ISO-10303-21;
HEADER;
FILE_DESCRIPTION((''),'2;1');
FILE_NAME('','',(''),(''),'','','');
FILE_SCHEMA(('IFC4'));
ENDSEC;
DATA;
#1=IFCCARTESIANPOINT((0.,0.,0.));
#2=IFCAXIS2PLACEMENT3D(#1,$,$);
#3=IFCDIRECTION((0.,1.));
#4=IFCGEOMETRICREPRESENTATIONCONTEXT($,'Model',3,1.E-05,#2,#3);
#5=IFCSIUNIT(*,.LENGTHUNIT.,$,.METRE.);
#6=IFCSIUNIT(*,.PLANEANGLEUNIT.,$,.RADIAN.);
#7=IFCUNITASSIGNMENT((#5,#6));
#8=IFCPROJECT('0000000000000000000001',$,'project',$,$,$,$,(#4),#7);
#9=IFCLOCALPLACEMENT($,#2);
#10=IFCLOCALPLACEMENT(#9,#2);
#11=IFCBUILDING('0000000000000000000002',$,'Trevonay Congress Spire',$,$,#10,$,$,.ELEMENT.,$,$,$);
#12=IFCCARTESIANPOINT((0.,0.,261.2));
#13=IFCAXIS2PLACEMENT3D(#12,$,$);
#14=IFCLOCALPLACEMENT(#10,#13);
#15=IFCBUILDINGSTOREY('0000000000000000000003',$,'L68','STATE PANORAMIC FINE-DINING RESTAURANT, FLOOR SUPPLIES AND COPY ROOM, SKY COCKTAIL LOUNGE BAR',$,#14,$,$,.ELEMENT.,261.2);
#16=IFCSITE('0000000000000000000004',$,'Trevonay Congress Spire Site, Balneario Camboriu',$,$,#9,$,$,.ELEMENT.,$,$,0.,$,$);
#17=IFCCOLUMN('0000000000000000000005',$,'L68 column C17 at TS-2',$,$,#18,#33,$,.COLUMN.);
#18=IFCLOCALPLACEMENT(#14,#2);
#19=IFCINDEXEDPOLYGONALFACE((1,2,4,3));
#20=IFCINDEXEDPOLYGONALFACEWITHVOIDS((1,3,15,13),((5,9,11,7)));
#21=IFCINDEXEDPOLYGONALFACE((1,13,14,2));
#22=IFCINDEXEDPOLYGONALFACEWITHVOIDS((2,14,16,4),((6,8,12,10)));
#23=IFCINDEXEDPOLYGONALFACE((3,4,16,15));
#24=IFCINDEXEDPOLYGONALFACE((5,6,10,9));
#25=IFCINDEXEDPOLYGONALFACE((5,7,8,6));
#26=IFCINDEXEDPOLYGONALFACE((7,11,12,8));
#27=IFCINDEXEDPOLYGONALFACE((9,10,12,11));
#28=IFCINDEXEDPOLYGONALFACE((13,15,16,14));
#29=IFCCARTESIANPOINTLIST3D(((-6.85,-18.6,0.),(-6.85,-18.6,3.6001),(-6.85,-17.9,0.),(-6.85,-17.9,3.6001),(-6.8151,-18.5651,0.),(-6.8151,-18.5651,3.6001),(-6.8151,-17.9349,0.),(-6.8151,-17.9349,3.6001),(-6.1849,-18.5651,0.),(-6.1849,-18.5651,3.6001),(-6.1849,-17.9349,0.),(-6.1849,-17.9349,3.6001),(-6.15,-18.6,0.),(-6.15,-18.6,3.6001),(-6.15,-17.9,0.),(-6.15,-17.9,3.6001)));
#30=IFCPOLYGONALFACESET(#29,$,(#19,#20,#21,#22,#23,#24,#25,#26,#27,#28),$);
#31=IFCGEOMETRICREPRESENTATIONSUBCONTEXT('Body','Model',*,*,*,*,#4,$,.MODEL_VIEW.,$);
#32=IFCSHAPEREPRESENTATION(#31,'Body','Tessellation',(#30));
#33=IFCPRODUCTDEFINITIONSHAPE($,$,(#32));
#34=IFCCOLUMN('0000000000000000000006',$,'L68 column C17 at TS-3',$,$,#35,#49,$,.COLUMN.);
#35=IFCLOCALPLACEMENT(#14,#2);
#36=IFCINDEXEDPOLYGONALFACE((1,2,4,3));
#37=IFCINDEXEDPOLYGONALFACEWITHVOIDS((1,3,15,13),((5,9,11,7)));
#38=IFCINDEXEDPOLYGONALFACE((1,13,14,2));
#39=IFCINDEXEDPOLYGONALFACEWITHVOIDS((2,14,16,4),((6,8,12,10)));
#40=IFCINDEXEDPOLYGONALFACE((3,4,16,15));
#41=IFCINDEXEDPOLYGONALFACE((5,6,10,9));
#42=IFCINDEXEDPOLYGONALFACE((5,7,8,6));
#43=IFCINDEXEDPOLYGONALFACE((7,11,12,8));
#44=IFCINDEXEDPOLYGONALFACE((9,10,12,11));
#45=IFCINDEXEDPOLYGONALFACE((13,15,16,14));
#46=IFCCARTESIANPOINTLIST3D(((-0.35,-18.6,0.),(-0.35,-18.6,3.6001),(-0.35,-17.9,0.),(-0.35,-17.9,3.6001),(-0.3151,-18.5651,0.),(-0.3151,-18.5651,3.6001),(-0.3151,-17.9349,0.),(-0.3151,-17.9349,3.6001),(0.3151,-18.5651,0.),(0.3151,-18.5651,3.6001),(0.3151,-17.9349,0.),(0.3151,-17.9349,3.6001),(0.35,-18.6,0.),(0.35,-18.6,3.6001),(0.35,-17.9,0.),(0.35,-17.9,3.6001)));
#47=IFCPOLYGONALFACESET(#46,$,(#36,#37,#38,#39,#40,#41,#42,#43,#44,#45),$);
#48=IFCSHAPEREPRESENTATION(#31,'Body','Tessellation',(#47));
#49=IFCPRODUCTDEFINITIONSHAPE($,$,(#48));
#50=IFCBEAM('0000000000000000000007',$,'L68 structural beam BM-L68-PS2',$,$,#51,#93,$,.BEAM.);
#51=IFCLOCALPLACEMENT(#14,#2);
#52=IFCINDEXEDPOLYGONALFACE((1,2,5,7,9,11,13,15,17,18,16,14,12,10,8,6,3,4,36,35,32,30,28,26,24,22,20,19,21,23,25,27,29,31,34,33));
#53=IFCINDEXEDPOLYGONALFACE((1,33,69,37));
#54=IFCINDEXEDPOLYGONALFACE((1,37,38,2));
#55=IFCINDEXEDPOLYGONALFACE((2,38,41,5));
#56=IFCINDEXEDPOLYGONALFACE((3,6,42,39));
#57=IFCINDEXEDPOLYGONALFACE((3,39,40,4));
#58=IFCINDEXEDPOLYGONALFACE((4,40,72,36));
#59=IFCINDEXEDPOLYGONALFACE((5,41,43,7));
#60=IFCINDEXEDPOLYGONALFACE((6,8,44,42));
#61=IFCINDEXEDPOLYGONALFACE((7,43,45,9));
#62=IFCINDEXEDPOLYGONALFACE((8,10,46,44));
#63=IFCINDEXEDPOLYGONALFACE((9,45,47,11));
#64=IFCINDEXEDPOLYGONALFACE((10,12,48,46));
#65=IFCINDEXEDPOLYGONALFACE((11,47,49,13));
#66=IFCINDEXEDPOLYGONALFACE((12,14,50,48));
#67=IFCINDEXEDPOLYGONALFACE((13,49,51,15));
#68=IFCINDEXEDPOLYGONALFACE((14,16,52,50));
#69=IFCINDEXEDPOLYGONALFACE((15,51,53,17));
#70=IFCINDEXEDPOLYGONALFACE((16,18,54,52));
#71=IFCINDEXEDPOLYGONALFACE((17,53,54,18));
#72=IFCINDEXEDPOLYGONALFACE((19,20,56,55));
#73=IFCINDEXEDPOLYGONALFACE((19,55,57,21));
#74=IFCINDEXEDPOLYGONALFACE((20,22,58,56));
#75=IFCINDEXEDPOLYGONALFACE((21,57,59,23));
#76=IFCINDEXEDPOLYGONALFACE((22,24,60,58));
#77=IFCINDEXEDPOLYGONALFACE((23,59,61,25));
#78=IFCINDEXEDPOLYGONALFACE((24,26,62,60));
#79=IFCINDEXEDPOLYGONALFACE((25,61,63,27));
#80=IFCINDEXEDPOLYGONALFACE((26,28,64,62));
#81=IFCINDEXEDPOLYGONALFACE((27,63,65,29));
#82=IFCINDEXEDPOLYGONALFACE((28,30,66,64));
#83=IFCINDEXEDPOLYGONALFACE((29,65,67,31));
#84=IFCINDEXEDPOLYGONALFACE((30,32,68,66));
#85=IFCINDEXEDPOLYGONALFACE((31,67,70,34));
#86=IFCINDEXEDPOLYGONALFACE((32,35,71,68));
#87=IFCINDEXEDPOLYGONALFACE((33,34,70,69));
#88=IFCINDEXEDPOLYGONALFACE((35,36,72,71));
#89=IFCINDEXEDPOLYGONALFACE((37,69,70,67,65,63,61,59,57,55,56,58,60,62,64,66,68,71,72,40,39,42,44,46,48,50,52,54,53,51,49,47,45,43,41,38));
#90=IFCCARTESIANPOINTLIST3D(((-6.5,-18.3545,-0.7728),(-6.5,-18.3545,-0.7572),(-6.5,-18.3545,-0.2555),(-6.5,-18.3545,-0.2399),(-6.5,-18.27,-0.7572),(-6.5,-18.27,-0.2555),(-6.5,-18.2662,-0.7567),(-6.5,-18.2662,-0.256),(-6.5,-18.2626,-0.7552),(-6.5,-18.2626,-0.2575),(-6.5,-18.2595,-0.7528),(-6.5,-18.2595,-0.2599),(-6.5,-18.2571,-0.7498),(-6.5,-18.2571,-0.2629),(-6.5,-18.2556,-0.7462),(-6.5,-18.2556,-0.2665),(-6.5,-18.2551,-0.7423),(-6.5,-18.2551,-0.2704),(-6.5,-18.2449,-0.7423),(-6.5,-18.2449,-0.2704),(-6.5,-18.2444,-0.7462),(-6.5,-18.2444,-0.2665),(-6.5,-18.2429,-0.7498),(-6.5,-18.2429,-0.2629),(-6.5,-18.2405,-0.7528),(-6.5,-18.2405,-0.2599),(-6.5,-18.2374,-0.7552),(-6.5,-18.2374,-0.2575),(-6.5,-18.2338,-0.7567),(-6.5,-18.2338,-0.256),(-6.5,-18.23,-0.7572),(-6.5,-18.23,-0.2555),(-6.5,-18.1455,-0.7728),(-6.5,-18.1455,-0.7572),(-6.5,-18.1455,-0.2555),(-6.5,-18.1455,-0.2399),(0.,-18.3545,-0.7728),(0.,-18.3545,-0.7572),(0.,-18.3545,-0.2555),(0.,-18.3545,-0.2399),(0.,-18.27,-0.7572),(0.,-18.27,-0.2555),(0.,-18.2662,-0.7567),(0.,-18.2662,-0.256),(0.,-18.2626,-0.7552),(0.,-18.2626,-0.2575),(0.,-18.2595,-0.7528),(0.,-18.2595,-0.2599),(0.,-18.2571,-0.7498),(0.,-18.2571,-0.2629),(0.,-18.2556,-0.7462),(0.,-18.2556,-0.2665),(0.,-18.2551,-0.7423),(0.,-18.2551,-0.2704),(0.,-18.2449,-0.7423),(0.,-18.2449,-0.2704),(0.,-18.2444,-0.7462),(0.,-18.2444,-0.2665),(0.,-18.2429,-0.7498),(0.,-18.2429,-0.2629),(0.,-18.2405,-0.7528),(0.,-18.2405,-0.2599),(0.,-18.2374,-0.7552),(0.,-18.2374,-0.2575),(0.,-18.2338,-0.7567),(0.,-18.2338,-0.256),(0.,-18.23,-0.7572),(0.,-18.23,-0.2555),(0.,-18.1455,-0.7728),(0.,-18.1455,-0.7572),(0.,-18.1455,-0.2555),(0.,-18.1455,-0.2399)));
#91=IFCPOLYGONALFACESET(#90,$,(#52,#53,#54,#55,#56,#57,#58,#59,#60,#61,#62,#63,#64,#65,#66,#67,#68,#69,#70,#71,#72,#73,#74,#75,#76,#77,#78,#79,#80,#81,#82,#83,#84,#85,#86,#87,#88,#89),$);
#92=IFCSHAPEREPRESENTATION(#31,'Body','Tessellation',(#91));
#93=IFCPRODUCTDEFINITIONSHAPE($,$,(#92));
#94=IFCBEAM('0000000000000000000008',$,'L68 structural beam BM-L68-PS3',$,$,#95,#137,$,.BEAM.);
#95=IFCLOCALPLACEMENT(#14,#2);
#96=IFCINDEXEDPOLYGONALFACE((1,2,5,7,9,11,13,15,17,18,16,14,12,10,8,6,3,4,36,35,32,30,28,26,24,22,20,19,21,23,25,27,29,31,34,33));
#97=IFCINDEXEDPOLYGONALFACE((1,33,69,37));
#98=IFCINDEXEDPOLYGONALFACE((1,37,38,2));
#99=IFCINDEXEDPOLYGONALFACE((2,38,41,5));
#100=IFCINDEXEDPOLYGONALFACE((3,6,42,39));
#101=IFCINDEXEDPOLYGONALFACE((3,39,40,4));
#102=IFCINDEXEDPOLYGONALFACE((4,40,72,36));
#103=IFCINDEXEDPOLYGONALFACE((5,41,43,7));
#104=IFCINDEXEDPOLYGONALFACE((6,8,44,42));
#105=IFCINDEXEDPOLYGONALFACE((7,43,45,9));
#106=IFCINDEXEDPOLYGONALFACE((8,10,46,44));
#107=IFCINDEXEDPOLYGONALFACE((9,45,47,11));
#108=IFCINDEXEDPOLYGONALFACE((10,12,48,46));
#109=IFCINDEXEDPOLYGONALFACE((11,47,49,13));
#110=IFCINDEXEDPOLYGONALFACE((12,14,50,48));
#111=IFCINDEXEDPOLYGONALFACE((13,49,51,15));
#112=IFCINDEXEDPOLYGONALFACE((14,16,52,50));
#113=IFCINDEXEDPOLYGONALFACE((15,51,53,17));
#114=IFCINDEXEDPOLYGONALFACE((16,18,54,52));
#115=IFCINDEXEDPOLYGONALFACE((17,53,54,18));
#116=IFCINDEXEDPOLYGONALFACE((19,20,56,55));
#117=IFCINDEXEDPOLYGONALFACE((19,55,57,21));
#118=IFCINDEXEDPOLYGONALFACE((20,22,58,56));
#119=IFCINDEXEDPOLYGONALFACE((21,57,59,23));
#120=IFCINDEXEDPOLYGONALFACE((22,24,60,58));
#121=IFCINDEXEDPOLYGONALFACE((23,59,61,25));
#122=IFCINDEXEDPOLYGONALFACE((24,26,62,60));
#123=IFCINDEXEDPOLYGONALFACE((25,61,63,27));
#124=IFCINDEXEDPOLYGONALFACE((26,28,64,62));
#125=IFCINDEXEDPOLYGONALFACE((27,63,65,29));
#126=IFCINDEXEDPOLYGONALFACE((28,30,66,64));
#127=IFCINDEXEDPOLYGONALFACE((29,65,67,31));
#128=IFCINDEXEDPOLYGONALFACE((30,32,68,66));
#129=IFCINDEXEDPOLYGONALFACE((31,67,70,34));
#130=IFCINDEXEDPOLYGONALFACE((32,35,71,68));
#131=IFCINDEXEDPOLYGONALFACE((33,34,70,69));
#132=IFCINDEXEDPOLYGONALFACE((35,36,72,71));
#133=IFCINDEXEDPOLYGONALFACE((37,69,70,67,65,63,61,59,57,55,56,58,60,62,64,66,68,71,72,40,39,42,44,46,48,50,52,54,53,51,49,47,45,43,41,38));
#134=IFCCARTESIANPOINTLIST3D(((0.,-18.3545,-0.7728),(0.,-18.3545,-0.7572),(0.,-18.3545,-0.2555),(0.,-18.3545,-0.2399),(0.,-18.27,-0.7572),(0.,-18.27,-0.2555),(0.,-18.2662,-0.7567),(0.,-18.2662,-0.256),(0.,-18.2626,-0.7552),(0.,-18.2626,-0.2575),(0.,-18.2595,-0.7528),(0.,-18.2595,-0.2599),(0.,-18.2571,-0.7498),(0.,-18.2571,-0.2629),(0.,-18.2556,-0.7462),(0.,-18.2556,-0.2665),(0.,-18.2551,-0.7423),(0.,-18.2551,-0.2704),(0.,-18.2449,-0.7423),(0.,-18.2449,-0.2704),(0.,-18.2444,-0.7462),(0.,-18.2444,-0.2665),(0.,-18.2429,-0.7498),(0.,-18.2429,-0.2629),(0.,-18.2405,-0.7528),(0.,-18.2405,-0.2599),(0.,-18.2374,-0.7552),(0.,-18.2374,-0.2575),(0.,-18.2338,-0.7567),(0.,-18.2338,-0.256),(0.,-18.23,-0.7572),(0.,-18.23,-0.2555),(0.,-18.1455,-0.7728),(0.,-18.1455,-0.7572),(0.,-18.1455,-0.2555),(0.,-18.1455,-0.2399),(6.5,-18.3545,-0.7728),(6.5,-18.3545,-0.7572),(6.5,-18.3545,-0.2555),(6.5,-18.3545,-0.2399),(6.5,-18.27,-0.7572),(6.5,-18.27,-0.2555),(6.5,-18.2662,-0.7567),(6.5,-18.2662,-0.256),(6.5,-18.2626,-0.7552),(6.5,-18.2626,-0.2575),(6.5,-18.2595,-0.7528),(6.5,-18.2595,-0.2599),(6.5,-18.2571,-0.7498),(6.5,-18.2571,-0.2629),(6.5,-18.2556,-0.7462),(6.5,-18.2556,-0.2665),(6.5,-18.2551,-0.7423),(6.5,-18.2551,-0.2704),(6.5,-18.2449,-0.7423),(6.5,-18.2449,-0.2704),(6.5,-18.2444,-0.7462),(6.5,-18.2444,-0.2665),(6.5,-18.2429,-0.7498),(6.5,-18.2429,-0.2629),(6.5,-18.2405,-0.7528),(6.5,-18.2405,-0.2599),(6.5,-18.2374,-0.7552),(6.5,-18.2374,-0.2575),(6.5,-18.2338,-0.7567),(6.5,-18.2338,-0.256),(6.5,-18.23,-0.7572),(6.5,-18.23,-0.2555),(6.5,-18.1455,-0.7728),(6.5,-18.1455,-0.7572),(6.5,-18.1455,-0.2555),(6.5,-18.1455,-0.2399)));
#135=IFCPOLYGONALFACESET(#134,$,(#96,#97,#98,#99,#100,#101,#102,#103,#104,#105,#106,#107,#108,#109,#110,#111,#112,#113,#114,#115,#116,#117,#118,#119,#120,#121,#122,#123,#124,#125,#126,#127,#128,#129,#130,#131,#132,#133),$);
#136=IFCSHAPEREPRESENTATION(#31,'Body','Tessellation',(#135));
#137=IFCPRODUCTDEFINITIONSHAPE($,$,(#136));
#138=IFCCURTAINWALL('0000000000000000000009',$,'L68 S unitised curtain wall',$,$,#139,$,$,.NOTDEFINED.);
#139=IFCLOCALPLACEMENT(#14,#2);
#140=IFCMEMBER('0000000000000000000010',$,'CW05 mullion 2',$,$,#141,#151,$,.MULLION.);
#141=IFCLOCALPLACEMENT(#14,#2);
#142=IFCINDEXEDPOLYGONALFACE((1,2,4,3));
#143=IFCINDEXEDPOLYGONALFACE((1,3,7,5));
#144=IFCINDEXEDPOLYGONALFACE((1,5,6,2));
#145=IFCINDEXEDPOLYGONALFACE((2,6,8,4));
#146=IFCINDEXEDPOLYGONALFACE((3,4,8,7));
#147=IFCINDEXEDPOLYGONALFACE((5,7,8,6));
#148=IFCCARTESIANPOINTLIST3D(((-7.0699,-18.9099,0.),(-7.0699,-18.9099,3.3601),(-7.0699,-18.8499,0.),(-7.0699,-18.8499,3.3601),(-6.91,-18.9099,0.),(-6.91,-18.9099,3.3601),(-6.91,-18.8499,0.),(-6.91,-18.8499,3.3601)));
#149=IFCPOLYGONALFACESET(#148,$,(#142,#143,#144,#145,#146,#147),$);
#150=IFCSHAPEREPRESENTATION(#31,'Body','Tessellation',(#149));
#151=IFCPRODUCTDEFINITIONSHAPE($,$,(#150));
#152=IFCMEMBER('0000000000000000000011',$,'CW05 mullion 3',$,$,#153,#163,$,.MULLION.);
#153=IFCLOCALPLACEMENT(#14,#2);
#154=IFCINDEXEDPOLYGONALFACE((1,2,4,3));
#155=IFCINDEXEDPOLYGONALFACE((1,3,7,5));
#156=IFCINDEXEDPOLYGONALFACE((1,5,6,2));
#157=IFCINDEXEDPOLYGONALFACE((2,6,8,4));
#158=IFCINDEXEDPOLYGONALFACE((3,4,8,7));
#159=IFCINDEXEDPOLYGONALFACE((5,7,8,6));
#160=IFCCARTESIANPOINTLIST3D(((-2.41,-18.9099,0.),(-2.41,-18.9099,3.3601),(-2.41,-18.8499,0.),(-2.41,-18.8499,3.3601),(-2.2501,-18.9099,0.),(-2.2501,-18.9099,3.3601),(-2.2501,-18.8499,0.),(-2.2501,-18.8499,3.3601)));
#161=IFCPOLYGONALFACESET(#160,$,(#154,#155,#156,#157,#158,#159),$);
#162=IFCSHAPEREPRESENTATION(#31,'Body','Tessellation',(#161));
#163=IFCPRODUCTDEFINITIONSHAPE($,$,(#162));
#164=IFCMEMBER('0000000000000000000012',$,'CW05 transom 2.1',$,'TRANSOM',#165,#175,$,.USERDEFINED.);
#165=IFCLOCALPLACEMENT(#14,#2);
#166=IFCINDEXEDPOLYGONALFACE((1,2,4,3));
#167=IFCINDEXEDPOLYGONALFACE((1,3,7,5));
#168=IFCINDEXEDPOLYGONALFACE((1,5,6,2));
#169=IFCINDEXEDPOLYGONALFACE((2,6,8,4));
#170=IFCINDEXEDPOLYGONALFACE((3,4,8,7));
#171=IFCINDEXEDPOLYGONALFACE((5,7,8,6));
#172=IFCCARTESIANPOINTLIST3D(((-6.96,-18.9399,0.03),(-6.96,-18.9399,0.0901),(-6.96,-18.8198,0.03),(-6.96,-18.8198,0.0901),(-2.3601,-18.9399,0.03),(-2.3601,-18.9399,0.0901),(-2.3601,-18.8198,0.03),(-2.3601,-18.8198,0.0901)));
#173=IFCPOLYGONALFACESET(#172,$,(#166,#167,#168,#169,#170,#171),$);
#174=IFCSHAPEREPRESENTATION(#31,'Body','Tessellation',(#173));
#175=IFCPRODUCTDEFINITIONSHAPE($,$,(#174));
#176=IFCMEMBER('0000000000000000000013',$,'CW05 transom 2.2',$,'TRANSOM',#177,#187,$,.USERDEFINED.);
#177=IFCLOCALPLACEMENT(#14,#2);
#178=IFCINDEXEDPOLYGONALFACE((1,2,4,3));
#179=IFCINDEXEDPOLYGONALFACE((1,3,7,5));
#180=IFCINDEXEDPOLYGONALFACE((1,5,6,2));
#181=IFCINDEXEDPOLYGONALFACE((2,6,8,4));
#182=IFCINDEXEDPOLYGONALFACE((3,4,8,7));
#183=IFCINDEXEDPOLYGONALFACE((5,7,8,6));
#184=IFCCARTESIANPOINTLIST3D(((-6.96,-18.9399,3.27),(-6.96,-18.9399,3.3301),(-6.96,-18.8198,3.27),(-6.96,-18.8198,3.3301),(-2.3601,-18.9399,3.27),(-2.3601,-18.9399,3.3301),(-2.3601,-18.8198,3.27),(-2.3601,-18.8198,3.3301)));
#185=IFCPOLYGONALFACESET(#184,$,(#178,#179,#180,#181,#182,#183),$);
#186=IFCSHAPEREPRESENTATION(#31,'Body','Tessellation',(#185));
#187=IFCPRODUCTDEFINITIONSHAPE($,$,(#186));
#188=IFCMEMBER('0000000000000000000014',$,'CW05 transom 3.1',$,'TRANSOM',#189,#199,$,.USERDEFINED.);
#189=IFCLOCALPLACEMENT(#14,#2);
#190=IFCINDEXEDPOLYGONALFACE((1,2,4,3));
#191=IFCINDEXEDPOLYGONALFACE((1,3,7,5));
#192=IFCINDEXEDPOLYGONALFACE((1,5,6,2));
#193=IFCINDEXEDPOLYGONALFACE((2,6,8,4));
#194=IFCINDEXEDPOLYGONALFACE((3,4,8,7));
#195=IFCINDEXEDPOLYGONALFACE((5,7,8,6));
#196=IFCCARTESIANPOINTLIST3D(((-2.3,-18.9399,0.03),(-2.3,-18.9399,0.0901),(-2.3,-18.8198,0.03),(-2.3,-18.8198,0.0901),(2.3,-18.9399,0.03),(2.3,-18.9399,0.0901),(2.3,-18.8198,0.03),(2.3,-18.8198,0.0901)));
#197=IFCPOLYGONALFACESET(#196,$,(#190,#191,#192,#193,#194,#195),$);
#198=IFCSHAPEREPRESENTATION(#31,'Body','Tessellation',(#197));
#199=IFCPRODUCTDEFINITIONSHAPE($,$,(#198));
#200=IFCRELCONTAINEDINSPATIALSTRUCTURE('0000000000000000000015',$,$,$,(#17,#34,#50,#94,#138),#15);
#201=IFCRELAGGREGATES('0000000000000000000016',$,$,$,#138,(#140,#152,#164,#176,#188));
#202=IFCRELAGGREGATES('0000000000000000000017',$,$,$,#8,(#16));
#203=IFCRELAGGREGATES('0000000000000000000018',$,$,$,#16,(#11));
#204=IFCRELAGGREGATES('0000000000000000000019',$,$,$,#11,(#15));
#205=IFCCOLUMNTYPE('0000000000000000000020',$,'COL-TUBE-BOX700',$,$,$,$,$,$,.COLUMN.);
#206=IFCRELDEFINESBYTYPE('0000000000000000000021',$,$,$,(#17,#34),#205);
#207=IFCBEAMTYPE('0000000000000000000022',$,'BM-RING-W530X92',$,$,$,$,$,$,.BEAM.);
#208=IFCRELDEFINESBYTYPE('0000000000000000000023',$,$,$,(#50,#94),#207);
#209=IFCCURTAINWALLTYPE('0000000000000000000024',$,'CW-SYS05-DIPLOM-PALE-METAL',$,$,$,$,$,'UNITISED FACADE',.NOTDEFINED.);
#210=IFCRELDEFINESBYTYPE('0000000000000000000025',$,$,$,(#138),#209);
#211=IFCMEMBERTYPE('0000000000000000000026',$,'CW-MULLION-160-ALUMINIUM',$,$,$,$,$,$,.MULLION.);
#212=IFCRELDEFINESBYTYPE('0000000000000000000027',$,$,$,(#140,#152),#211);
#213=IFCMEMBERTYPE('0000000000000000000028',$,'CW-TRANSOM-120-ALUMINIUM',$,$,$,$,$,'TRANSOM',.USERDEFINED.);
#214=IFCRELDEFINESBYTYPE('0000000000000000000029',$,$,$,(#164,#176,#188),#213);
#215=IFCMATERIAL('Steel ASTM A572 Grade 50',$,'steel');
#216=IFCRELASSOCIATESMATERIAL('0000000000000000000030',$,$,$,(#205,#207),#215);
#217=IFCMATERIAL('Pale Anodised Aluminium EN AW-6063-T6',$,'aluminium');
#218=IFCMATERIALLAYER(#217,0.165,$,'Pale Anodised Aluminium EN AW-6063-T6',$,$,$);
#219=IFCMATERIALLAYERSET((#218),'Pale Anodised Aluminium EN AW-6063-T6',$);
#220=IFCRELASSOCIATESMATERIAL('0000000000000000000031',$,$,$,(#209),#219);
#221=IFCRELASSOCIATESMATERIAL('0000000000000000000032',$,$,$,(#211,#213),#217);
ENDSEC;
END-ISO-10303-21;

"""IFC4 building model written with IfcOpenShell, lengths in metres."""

from ifc_helpers import new_model, si_unit, direction, frame, origin, origin_2d, place, context, subcontext, project, spatial, rectangle, hollow_rectangle, i_section, extrude, material, layer, layer_set, material_profile, profile_set, type_object, element, aggregate, save


model = new_model("IFC4")

# Units and contexts
model_context = context("Model", 3, precision=1e-05, world=origin(), true_north=direction((0.0, 1.0)))
body_context = subcontext(model_context, "Body", "Model", "MODEL_VIEW")
ifc_project = project(units=[si_unit("LENGTHUNIT", "METRE"), si_unit("PLANEANGLEUNIT", "RADIAN")], contexts=[model_context])

# Site, building, storey
site_placement = place(None, origin())
site = spatial("IfcSite", under=ifc_project, at=site_placement, Name="Trevonay Congress Spire Site, Balneario Camboriu", CompositionType="ELEMENT", RefElevation=0.0)
building_placement = place(site_placement, origin())
building = spatial("IfcBuilding", under=site, at=building_placement, Name="Trevonay Congress Spire", CompositionType="ELEMENT")
storey_placement = place(building_placement, frame((0.0, 0.0, 261.2)))
storey = spatial("IfcBuildingStorey", under=building, at=storey_placement, Name="L68", Description="STATE PANORAMIC FINE-DINING RESTAURANT, FLOOR SUPPLIES AND COPY ROOM, SKY COCKTAIL LOUNGE BAR", CompositionType="ELEMENT", Elevation=261.2)

# Columns
ifc_material_1 = material(Name="Steel ASTM A572 Grade 50", Category="steel")
ifc_material_profile_1 = material_profile(ifc_material_1, hollow_rectangle(XDim=0.7, YDim=0.7, WallThickness=0.0349, at=origin_2d()), Name="BOX 700x700x35")
ifc_profile_set_1 = profile_set([ifc_material_profile_1], Name="Steel ASTM A572 Grade 50")
column_type = type_object("IfcColumnType", Name="COL-TUBE-BOX700", PredefinedType="COLUMN", material=ifc_profile_set_1)
for number, where, z_axis, x_axis, name in (
    (1, (-6.5, -18.25, 0.0), (0.0, 0.0, 1.0), (1.0, 0.0, 0.0), "L68 column C17 at TS-2"),
    (2, (0.0, -18.25, 0.0), (0.0, 0.0, 1.0), (1.0, 0.0, 0.0), "L68 column C17 at TS-3"),
):
    element("IfcColumn", number, at=place(storey_placement, frame(where, z_axis=z_axis, x_axis=x_axis)), inside=storey, type_object=column_type, Name=name, PredefinedType="COLUMN", context=body_context, shape_type="SweptSolid", body=[
        extrude(hollow_rectangle(XDim=0.7, YDim=0.7, WallThickness=0.0349, at=origin_2d()), origin(), (0.0, 0.0, 1.0), 3.6001),
    ])

# Beams
ifc_material_profile_2 = material_profile(ifc_material_1, i_section(OverallWidth=0.209, OverallDepth=0.533, WebThickness=0.0103, FlangeThickness=0.0156, FilletRadius=0.0149, at=origin_2d()), Name="W530x92")
ifc_profile_set_2 = profile_set([ifc_material_profile_2], Name="Steel ASTM A572 Grade 50")
beam_type = type_object("IfcBeamType", Name="BM-RING-W530X92", PredefinedType="BEAM", material=ifc_profile_set_2)
for number, where, z_axis, x_axis, name in (
    (3, (-6.5, -18.25, -0.5063), (1.0, 0.0, 0.0), (0.0, 1.0, 0.0), "L68 structural beam BM-L68-PS2"),
    (4, (0.0, -18.25, -0.5063), (1.0, 0.0, 0.0), (0.0, 1.0, 0.0), "L68 structural beam BM-L68-PS3"),
):
    element("IfcBeam", number, at=place(storey_placement, frame(where, z_axis=z_axis, x_axis=x_axis)), inside=storey, type_object=beam_type, Name=name, PredefinedType="BEAM", context=body_context, shape_type="SweptSolid", body=[
        extrude(i_section(OverallWidth=0.209, OverallDepth=0.533, WebThickness=0.0103, FlangeThickness=0.0156, FilletRadius=0.0149, at=origin_2d()), origin(), (0.0, 0.0, 1.0), 6.5),
    ])

# Curtain wall, members
ifc_material_2 = material(Name="Pale Anodised Aluminium EN AW-6063-T6", Category="aluminium")
ifc_layer_1 = layer(ifc_material_2, 0.165, Name="Pale Anodised Aluminium EN AW-6063-T6")
ifc_layer_set_1 = layer_set([ifc_layer_1], Name="Pale Anodised Aluminium EN AW-6063-T6")
curtain_wall_type = type_object("IfcCurtainWallType", Name="CW-SYS05-DIPLOM-PALE-METAL", ElementType="UNITISED FACADE", PredefinedType="NOTDEFINED", material=ifc_layer_set_1)
curtain_wall_placement = place(storey_placement, origin())
curtain_wall = element("IfcCurtainWall", 5, at=curtain_wall_placement, inside=storey, type_object=curtain_wall_type, Name="L68 S unitised curtain wall", PredefinedType="NOTDEFINED")
ifc_material_profile_3 = material_profile(ifc_material_2, rectangle(XDim=0.0601, YDim=0.1599, at=origin_2d()), Name="CW-MULLION-160-ALUMINIUM")
ifc_profile_set_3 = profile_set([ifc_material_profile_3], Name="Pale Anodised Aluminium EN AW-6063-T6")
member_type_1 = type_object("IfcMemberType", Name="CW-MULLION-160-ALUMINIUM", PredefinedType="MULLION", material=ifc_profile_set_3)
member_1_placement = place(storey_placement, frame((-6.99, -18.8799, 0.0), z_axis=(0.0, 0.0, 1.0), x_axis=(0.0, 1.0, 0.0)))
member_1 = element("IfcMember", 6, at=member_1_placement, type_object=member_type_1, Name="CW05 mullion 2", PredefinedType="MULLION", context=body_context, shape_type="SweptSolid", body=[
    extrude(rectangle(XDim=0.0601, YDim=0.1599, at=origin_2d()), origin(), (0.0, 0.0, 1.0), 3.3601),
])
member_2_placement = place(storey_placement, frame((-2.3301, -18.8799, 0.0), z_axis=(0.0, 0.0, 1.0), x_axis=(0.0, 1.0, 0.0)))
member_2 = element("IfcMember", 7, at=member_2_placement, type_object=member_type_1, Name="CW05 mullion 3", PredefinedType="MULLION", context=body_context, shape_type="SweptSolid", body=[
    extrude(rectangle(XDim=0.0601, YDim=0.1599, at=origin_2d()), origin(), (0.0, 0.0, 1.0), 3.3601),
])
ifc_material_profile_4 = material_profile(ifc_material_2, rectangle(XDim=0.1201, YDim=0.0601, at=origin_2d()), Name="CW-TRANSOM-120-ALUMINIUM")
ifc_profile_set_4 = profile_set([ifc_material_profile_4], Name="Pale Anodised Aluminium EN AW-6063-T6")
member_type_2 = type_object("IfcMemberType", Name="CW-TRANSOM-120-ALUMINIUM", ElementType="TRANSOM", PredefinedType="USERDEFINED", material=ifc_profile_set_4)
member_3_placement = place(storey_placement, frame((-6.96, -18.8799, 0.0601), z_axis=(1.0, 0.0, 0.0), x_axis=(0.0, 1.0, 0.0)))
member_3 = element("IfcMember", 8, at=member_3_placement, type_object=member_type_2, Name="CW05 transom 2.1", ObjectType="TRANSOM", PredefinedType="USERDEFINED", context=body_context, shape_type="SweptSolid", body=[
    extrude(rectangle(XDim=0.1201, YDim=0.0601, at=origin_2d()), origin(), (0.0, 0.0, 1.0), 4.5999),
])
member_4_placement = place(storey_placement, frame((-6.96, -18.8799, 3.3), z_axis=(1.0, 0.0, 0.0), x_axis=(0.0, 1.0, 0.0)))
member_4 = element("IfcMember", 9, at=member_4_placement, type_object=member_type_2, Name="CW05 transom 2.2", ObjectType="TRANSOM", PredefinedType="USERDEFINED", context=body_context, shape_type="SweptSolid", body=[
    extrude(rectangle(XDim=0.1201, YDim=0.0601, at=origin_2d()), origin(), (0.0, 0.0, 1.0), 4.5999),
])
member_5_placement = place(storey_placement, frame((-2.3, -18.8799, 0.0601), z_axis=(1.0, 0.0, 0.0), x_axis=(0.0, 1.0, 0.0)))
member_5 = element("IfcMember", 10, at=member_5_placement, type_object=member_type_2, Name="CW05 transom 3.1", ObjectType="TRANSOM", PredefinedType="USERDEFINED", context=body_context, shape_type="SweptSolid", body=[
    extrude(rectangle(XDim=0.1201, YDim=0.0601, at=origin_2d()), origin(), (0.0, 0.0, 1.0), 4.6001),
])
aggregate(curtain_wall, [member_1, member_2, member_3, member_4, member_5])

save(model, "model.ifc")
